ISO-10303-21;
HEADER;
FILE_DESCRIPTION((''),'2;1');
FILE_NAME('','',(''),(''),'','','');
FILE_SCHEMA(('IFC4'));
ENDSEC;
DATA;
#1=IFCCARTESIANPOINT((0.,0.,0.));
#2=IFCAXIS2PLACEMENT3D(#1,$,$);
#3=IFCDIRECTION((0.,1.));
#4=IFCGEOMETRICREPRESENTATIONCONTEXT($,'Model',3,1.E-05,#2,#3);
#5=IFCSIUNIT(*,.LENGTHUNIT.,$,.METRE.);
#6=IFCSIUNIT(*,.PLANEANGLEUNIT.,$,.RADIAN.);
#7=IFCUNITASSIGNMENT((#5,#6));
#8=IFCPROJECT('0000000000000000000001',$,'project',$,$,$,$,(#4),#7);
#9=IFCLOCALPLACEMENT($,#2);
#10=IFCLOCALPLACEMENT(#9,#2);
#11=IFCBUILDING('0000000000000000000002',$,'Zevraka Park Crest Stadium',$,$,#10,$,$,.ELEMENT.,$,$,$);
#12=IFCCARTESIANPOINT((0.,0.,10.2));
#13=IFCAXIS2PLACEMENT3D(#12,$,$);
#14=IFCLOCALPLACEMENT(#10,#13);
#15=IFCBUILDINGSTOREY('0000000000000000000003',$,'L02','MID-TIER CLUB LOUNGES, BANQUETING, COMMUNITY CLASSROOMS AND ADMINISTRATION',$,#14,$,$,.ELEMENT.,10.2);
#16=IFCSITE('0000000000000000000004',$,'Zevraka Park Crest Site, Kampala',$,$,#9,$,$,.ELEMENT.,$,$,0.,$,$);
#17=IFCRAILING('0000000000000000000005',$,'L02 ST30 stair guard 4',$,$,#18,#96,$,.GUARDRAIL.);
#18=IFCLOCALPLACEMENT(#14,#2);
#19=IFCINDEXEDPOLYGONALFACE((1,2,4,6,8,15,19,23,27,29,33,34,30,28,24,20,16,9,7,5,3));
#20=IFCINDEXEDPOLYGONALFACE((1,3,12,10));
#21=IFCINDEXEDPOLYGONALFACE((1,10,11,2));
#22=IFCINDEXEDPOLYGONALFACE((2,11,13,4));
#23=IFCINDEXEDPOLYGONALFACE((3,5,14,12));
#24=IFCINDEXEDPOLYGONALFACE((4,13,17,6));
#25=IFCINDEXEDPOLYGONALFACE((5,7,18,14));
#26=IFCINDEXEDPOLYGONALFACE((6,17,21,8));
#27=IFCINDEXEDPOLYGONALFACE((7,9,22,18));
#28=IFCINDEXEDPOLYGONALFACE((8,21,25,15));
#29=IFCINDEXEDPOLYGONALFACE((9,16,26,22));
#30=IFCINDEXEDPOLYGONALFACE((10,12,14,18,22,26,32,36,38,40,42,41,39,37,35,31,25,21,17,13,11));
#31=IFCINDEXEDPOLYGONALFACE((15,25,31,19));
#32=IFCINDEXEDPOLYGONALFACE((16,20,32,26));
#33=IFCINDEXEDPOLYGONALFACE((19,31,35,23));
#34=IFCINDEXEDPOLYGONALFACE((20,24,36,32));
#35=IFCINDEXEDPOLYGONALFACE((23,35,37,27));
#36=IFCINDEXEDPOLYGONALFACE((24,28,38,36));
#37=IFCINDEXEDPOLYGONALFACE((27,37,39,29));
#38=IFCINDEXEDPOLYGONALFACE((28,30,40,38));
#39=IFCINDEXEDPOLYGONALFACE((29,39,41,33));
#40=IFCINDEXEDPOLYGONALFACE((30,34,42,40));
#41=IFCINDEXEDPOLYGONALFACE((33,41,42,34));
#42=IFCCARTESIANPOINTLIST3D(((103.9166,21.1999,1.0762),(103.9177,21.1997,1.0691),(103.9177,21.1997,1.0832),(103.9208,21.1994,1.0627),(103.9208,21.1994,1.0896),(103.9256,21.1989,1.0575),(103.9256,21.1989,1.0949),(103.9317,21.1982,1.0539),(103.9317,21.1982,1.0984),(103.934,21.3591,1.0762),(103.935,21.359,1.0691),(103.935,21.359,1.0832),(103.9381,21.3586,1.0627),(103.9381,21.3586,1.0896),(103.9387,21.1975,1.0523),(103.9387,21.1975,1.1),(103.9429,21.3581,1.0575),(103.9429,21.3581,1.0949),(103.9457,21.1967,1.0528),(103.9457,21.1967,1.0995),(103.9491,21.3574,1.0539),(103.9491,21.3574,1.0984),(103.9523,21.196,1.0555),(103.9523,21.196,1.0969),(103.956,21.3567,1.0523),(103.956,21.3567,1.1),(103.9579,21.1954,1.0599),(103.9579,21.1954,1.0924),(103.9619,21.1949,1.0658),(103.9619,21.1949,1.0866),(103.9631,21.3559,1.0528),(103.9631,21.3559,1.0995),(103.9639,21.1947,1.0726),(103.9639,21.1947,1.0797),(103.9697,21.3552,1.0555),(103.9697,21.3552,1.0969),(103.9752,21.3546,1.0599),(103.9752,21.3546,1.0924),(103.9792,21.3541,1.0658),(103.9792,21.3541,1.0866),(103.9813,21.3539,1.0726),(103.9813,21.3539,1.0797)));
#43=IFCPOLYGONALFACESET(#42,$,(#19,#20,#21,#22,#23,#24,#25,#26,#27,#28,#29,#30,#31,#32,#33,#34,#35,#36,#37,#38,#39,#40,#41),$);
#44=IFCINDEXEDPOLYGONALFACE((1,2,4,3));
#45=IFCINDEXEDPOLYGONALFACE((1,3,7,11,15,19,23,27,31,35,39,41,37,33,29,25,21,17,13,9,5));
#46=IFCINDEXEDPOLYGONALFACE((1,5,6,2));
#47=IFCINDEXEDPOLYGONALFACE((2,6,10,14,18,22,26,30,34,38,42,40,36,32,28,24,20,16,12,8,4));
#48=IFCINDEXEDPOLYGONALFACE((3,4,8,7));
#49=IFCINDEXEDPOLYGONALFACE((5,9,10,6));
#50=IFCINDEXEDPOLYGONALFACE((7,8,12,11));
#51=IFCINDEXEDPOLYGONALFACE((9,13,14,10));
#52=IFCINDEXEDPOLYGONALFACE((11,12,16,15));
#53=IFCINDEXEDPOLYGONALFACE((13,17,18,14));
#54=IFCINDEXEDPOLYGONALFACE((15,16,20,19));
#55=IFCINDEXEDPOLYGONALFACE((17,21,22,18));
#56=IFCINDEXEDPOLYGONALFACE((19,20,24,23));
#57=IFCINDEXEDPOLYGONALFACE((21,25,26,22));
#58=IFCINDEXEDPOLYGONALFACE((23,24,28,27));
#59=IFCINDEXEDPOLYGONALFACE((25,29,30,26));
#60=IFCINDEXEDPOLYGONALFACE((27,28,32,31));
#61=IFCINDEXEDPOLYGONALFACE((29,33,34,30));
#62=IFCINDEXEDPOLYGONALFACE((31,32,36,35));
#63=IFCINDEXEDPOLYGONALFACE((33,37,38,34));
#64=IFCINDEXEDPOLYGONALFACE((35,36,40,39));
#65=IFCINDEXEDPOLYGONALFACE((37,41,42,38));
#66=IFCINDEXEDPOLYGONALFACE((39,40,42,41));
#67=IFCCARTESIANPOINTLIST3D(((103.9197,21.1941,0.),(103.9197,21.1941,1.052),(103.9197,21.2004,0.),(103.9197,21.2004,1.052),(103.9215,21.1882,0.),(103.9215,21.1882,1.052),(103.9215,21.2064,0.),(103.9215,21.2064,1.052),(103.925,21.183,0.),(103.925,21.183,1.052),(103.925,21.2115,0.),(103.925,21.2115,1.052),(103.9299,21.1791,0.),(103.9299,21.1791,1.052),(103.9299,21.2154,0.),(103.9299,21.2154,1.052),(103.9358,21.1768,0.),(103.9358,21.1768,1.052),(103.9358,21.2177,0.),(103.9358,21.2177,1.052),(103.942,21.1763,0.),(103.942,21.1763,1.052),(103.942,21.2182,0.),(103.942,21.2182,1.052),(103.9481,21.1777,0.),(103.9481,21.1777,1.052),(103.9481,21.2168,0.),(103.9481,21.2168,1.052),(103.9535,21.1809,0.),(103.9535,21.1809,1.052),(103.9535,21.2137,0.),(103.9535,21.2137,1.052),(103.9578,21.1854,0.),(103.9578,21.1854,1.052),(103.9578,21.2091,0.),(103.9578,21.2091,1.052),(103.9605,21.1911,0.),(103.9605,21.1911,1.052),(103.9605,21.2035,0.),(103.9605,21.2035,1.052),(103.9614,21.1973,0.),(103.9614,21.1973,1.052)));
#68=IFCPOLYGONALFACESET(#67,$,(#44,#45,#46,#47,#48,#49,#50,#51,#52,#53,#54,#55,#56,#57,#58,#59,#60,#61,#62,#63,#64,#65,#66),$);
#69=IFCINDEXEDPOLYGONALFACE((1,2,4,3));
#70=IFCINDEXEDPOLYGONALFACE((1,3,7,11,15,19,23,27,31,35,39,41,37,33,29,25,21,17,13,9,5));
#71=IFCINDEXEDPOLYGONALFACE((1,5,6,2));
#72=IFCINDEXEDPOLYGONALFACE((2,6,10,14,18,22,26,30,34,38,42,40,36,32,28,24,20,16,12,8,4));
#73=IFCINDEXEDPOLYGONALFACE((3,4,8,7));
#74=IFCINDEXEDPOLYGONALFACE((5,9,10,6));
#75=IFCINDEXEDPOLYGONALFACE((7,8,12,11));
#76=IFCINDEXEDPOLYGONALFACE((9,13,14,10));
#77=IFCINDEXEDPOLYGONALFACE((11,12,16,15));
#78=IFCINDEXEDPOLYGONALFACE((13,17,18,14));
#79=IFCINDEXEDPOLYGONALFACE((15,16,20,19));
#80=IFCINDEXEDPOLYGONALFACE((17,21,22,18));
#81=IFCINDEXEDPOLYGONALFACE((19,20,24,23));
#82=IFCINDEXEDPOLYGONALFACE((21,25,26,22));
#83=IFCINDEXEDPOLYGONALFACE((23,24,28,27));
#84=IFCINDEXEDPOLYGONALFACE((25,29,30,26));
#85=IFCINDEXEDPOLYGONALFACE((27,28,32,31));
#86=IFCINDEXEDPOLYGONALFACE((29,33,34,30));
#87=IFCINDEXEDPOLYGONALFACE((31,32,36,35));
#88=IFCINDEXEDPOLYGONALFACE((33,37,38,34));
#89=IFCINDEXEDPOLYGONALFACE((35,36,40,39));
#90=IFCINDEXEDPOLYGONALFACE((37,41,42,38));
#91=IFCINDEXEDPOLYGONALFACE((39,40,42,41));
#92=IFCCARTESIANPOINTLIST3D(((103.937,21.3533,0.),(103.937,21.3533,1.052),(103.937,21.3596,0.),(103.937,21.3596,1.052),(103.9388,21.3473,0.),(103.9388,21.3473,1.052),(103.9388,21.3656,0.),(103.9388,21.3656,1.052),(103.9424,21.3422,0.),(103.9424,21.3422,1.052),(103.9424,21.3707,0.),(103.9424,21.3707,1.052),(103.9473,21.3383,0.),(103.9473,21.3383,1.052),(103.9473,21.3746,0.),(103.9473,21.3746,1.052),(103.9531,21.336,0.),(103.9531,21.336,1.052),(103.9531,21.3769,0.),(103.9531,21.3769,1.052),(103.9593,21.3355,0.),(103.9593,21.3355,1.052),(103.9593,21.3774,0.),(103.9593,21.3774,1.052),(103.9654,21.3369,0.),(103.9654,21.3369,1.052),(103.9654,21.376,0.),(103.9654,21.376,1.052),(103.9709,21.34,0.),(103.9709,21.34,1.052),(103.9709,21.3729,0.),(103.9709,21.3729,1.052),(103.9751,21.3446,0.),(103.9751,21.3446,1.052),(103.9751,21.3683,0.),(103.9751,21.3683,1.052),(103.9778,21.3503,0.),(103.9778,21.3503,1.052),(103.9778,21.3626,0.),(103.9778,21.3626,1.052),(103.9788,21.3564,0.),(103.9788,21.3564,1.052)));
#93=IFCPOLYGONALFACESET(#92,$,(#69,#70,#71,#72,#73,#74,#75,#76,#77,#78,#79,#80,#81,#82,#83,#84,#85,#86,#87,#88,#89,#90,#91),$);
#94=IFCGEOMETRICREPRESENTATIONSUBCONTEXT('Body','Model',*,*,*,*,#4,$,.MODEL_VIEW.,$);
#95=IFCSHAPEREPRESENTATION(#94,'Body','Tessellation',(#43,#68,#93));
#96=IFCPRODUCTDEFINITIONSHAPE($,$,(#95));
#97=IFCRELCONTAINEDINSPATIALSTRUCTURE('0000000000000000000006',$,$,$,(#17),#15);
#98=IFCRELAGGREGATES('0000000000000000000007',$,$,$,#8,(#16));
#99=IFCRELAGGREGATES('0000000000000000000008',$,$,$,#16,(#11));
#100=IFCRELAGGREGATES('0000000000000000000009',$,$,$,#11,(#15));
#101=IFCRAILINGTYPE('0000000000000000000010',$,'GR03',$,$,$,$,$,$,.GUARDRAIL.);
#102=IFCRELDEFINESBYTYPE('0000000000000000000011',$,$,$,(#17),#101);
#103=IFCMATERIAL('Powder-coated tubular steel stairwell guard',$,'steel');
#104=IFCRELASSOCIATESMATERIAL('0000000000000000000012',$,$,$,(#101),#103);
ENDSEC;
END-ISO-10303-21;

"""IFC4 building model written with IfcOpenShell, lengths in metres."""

from ifc_helpers import new_model, si_unit, direction, frame, origin, origin_2d, place, context, subcontext, project, spatial, circle, extrude, material, type_object, element, save


model = new_model("IFC4")

# Units and contexts
model_context = context("Model", 3, precision=1e-05, world=origin(), true_north=direction((0.0, 1.0)))
body_context = subcontext(model_context, "Body", "Model", "MODEL_VIEW")
ifc_project = project(units=[si_unit("LENGTHUNIT", "METRE"), si_unit("PLANEANGLEUNIT", "RADIAN")], contexts=[model_context])

# Site, building, storey
site_placement = place(None, origin())
site = spatial("IfcSite", under=ifc_project, at=site_placement, Name="Zevraka Park Crest Site, Kampala", CompositionType="ELEMENT", RefElevation=0.0)
building_placement = place(site_placement, origin())
building = spatial("IfcBuilding", under=site, at=building_placement, Name="Zevraka Park Crest Stadium", CompositionType="ELEMENT")
storey_placement = place(building_placement, frame((0.0, 0.0, 10.2)))
storey = spatial("IfcBuildingStorey", under=building, at=storey_placement, Name="L02", Description="MID-TIER CLUB LOUNGES, BANQUETING, COMMUNITY CLASSROOMS AND ADMINISTRATION", CompositionType="ELEMENT", Elevation=10.2)

# Railing
ifc_material_1 = material(Name="Powder-coated tubular steel stairwell guard", Category="steel")
railing_type_1 = type_object("IfcRailingType", Name="GR03", PredefinedType="GUARDRAIL", material=ifc_material_1)
railing_1_placement = place(storey_placement, frame((103.9404, 21.1973, 0.0)))
element("IfcRailing", 1, at=railing_1_placement, inside=storey, type_object=railing_type_1, Name="L02 ST30 stair guard 4", PredefinedType="GUARDRAIL", context=body_context, shape_type="SweptSolid", body=[
    extrude(circle(Radius=0.0239, at=origin_2d()), frame((0.0, 0.0, 1.0762), z_axis=(0.108256, 0.994123, 0.0), x_axis=(-0.994123, 0.108256, 0.0)), (0.0, 0.0, 1.0), 0.1602),
    extrude(circle(Radius=0.021, at=origin_2d()), origin(), (0.0, 0.0, 1.0), 1.052),
    extrude(circle(Radius=0.021, at=origin_2d()), frame((0.0173, 0.1592, 0.0)), (0.0, 0.0, 1.0), 1.052),
])

save(model, "model.ifc")
